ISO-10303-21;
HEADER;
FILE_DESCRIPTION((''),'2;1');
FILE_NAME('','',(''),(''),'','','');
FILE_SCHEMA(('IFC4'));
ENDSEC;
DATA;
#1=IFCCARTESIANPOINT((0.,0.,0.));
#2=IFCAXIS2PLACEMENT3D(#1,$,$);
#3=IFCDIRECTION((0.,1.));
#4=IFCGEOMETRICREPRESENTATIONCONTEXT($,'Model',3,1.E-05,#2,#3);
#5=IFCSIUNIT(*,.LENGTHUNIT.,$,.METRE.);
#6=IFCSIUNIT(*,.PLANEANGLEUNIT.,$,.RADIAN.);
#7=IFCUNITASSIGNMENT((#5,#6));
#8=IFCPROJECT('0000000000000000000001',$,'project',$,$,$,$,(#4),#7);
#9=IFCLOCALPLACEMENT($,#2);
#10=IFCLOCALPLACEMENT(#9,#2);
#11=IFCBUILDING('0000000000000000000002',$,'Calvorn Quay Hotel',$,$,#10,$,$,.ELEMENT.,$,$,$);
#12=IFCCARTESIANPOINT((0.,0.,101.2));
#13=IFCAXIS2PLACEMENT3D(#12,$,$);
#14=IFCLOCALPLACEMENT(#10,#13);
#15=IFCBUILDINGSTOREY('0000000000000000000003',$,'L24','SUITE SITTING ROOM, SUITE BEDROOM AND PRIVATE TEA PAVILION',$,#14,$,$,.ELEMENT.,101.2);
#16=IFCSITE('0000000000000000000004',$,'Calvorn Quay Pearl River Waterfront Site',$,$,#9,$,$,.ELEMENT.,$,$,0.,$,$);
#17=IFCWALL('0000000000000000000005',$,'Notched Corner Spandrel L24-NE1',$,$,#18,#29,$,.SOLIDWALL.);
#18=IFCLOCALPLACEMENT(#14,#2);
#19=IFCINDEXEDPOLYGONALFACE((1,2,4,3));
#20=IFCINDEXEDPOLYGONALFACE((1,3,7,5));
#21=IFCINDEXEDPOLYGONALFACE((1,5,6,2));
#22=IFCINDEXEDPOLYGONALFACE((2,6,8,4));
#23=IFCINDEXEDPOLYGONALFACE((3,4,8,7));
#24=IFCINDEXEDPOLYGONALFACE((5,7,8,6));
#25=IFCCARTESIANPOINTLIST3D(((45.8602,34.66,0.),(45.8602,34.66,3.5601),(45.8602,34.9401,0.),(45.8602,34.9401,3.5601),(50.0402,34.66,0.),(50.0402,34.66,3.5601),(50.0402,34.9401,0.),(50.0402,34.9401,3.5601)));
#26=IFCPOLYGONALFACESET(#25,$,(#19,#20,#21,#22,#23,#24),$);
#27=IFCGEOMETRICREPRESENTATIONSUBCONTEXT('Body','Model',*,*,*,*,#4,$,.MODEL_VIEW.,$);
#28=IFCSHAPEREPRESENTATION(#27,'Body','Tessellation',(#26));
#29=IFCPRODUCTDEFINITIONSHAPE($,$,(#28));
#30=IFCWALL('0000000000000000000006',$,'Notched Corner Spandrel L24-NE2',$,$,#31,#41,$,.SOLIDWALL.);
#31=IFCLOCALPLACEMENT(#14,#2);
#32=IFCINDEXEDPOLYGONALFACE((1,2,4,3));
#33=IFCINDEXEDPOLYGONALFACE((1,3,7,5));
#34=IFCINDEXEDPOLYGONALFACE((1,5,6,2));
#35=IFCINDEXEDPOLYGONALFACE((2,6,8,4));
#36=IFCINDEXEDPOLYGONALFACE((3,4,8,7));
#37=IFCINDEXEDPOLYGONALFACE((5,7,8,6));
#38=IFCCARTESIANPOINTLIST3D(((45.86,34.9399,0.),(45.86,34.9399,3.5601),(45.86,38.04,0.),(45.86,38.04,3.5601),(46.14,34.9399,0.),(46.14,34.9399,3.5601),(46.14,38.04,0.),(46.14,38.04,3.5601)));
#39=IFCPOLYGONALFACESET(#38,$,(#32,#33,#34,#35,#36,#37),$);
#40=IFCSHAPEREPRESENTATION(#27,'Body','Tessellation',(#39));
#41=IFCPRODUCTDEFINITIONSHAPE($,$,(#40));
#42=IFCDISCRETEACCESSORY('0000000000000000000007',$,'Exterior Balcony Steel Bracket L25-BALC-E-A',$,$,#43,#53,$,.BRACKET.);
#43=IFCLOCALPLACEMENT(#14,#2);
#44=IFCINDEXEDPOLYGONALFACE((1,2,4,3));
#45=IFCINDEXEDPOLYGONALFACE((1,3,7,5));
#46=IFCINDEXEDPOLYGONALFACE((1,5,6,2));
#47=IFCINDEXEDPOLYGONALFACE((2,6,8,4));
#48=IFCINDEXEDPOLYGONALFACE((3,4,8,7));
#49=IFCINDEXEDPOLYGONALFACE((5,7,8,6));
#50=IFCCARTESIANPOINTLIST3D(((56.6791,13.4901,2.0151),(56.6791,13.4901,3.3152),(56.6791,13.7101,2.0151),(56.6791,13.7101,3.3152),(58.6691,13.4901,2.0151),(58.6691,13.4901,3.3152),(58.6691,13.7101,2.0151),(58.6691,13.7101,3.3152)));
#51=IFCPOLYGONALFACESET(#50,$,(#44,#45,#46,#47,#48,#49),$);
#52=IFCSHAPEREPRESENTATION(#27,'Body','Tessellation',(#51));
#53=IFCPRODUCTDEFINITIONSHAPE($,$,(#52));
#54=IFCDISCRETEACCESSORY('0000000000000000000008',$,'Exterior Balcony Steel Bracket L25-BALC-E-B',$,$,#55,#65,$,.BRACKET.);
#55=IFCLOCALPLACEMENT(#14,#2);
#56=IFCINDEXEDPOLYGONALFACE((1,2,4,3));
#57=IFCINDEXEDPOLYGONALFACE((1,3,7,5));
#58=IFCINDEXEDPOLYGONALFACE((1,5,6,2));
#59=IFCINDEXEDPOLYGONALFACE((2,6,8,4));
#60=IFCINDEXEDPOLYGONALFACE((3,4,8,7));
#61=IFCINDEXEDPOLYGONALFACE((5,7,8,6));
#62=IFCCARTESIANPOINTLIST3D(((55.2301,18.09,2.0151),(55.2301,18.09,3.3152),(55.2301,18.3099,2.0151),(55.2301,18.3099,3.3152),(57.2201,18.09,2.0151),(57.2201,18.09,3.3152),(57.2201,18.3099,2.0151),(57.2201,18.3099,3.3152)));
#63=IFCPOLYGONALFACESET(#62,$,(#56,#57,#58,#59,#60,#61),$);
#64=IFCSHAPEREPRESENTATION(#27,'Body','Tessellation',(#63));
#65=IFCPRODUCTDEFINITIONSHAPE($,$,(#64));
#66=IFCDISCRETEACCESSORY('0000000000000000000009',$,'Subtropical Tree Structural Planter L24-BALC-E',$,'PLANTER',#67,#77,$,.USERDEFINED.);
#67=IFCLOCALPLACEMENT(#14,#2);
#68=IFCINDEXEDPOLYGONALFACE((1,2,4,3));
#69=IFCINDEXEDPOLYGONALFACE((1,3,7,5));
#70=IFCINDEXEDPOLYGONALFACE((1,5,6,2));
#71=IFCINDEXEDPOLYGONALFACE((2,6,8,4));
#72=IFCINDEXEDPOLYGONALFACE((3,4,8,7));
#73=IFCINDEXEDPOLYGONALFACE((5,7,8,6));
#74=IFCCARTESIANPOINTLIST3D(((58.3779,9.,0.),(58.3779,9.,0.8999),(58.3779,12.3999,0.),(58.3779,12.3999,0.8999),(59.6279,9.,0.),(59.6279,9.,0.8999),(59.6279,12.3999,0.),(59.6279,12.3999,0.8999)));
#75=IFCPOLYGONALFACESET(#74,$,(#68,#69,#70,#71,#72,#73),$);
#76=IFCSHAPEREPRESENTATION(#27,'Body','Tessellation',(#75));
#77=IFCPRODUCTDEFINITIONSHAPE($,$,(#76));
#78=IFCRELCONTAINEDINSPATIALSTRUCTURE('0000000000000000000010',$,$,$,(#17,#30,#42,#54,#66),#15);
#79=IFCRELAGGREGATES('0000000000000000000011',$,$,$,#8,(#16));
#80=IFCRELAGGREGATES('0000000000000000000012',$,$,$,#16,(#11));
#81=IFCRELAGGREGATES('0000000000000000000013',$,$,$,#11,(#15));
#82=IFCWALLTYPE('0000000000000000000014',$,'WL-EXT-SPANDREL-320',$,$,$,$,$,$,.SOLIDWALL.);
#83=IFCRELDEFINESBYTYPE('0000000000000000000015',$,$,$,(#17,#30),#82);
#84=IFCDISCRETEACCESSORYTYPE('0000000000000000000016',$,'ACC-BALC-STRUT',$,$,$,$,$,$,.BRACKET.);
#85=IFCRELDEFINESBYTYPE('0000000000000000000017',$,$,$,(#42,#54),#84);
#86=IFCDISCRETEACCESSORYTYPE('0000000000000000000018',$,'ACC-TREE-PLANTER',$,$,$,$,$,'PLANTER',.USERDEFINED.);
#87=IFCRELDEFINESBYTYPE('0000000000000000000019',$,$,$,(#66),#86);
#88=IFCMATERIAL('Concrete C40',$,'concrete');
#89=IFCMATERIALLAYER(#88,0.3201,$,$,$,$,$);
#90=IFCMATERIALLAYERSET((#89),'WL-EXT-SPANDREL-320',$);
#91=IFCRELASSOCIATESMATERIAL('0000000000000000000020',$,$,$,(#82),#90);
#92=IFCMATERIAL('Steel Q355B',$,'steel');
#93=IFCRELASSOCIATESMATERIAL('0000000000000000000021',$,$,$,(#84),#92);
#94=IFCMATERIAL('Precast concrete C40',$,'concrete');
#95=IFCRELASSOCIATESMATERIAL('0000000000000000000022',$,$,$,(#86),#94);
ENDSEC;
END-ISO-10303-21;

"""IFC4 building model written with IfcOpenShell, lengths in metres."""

from ifc_helpers import new_model, si_unit, direction, frame, frame_2d, origin, origin_2d, place, context, subcontext, project, spatial, rectangle, extrude, material, layer, layer_set, type_object, element, save


model = new_model("IFC4")

# Units and contexts
model_context = context("Model", 3, precision=1e-05, world=origin(), true_north=direction((0.0, 1.0)))
body_context = subcontext(model_context, "Body", "Model", "MODEL_VIEW")
ifc_project = project(units=[si_unit("LENGTHUNIT", "METRE"), si_unit("PLANEANGLEUNIT", "RADIAN")], contexts=[model_context])

# Site, building, storey
site_placement = place(None, origin())
site = spatial("IfcSite", under=ifc_project, at=site_placement, Name="Calvorn Quay Pearl River Waterfront Site", CompositionType="ELEMENT", RefElevation=0.0)
building_placement = place(site_placement, origin())
building = spatial("IfcBuilding", under=site, at=building_placement, Name="Calvorn Quay Hotel", CompositionType="ELEMENT")
storey_placement = place(building_placement, frame((0.0, 0.0, 101.2)))
storey = spatial("IfcBuildingStorey", under=building, at=storey_placement, Name="L24", Description="SUITE SITTING ROOM, SUITE BEDROOM AND PRIVATE TEA PAVILION", CompositionType="ELEMENT", Elevation=101.2)

# Walls
ifc_material_1 = material(Name="Concrete C40", Category="concrete")
ifc_layer_1 = layer(ifc_material_1, 0.3201)
ifc_layer_set_1 = layer_set([ifc_layer_1], Name="WL-EXT-SPANDREL-320")
wall_type_1 = type_object("IfcWallType", Name="WL-EXT-SPANDREL-320", PredefinedType="SOLIDWALL", material=ifc_layer_set_1)
wall_1_placement = place(storey_placement, frame((50.04, 34.8, 0.0), z_axis=(0.0, 0.0, 1.0), x_axis=(-1.0, 0.0, 0.0)))
element("IfcWall", 1, at=wall_1_placement, inside=storey, type_object=wall_type_1, Name="Notched Corner Spandrel L24-NE1", PredefinedType="SOLIDWALL", context=body_context, shape_type="SweptSolid", body=[
    extrude(rectangle(XDim=4.1799, YDim=0.28, at=frame_2d((2.0898, 0.0))), origin(), (0.0, 0.0, 1.0), 3.5601),
])
wall_2_placement = place(storey_placement, frame((46.0, 34.9399, 0.0), z_axis=(0.0, 0.0, 1.0), x_axis=(0.0, 1.0, 0.0)))
element("IfcWall", 2, at=wall_2_placement, inside=storey, type_object=wall_type_1, Name="Notched Corner Spandrel L24-NE2", PredefinedType="SOLIDWALL", context=body_context, shape_type="SweptSolid", body=[
    extrude(rectangle(XDim=3.1001, YDim=0.28, at=frame_2d((1.55, 0.0))), origin(), (0.0, 0.0, 1.0), 3.5601),
])

# Discrete accessories
ifc_material_2 = material(Name="Steel Q355B", Category="steel")
discrete_accessory_type_1 = type_object("IfcDiscreteAccessoryType", Name="ACC-BALC-STRUT", PredefinedType="BRACKET", material=ifc_material_2)
for number, where, z_axis, x_axis, name in (
    (3, (57.6741, 13.6001, 2.0151), (0.0, 0.0, 1.0), (1.0, 0.0, 0.0), "Exterior Balcony Steel Bracket L25-BALC-E-A"),
    (4, (56.2251, 18.2, 2.0151), (0.0, 0.0, 1.0), (1.0, 0.0, 0.0), "Exterior Balcony Steel Bracket L25-BALC-E-B"),
):
    element("IfcDiscreteAccessory", number, at=place(storey_placement, frame(where, z_axis=z_axis, x_axis=x_axis)), inside=storey, type_object=discrete_accessory_type_1, Name=name, PredefinedType="BRACKET", context=body_context, shape_type="SweptSolid", body=[
        extrude(rectangle(XDim=1.99, YDim=0.22, at=origin_2d()), origin(), (0.0, 0.0, 1.0), 1.3),
    ])
ifc_material_3 = material(Name="Precast concrete C40", Category="concrete")
discrete_accessory_type_2 = type_object("IfcDiscreteAccessoryType", Name="ACC-TREE-PLANTER", ElementType="PLANTER", PredefinedType="USERDEFINED", material=ifc_material_3)
discrete_accessory_placement = place(storey_placement, frame((59.0029, 10.7, 0.0), z_axis=(0.0, 0.0, 1.0), x_axis=(1.0, 0.0, 0.0)))
element("IfcDiscreteAccessory", 5, at=discrete_accessory_placement, inside=storey, type_object=discrete_accessory_type_2, Name="Subtropical Tree Structural Planter L24-BALC-E", ObjectType="PLANTER", PredefinedType="USERDEFINED", context=body_context, shape_type="SweptSolid", body=[
    extrude(rectangle(XDim=1.25, YDim=3.3999, at=origin_2d()), origin(), (0.0, 0.0, 1.0), 0.8999),
])

save(model, "model.ifc")
